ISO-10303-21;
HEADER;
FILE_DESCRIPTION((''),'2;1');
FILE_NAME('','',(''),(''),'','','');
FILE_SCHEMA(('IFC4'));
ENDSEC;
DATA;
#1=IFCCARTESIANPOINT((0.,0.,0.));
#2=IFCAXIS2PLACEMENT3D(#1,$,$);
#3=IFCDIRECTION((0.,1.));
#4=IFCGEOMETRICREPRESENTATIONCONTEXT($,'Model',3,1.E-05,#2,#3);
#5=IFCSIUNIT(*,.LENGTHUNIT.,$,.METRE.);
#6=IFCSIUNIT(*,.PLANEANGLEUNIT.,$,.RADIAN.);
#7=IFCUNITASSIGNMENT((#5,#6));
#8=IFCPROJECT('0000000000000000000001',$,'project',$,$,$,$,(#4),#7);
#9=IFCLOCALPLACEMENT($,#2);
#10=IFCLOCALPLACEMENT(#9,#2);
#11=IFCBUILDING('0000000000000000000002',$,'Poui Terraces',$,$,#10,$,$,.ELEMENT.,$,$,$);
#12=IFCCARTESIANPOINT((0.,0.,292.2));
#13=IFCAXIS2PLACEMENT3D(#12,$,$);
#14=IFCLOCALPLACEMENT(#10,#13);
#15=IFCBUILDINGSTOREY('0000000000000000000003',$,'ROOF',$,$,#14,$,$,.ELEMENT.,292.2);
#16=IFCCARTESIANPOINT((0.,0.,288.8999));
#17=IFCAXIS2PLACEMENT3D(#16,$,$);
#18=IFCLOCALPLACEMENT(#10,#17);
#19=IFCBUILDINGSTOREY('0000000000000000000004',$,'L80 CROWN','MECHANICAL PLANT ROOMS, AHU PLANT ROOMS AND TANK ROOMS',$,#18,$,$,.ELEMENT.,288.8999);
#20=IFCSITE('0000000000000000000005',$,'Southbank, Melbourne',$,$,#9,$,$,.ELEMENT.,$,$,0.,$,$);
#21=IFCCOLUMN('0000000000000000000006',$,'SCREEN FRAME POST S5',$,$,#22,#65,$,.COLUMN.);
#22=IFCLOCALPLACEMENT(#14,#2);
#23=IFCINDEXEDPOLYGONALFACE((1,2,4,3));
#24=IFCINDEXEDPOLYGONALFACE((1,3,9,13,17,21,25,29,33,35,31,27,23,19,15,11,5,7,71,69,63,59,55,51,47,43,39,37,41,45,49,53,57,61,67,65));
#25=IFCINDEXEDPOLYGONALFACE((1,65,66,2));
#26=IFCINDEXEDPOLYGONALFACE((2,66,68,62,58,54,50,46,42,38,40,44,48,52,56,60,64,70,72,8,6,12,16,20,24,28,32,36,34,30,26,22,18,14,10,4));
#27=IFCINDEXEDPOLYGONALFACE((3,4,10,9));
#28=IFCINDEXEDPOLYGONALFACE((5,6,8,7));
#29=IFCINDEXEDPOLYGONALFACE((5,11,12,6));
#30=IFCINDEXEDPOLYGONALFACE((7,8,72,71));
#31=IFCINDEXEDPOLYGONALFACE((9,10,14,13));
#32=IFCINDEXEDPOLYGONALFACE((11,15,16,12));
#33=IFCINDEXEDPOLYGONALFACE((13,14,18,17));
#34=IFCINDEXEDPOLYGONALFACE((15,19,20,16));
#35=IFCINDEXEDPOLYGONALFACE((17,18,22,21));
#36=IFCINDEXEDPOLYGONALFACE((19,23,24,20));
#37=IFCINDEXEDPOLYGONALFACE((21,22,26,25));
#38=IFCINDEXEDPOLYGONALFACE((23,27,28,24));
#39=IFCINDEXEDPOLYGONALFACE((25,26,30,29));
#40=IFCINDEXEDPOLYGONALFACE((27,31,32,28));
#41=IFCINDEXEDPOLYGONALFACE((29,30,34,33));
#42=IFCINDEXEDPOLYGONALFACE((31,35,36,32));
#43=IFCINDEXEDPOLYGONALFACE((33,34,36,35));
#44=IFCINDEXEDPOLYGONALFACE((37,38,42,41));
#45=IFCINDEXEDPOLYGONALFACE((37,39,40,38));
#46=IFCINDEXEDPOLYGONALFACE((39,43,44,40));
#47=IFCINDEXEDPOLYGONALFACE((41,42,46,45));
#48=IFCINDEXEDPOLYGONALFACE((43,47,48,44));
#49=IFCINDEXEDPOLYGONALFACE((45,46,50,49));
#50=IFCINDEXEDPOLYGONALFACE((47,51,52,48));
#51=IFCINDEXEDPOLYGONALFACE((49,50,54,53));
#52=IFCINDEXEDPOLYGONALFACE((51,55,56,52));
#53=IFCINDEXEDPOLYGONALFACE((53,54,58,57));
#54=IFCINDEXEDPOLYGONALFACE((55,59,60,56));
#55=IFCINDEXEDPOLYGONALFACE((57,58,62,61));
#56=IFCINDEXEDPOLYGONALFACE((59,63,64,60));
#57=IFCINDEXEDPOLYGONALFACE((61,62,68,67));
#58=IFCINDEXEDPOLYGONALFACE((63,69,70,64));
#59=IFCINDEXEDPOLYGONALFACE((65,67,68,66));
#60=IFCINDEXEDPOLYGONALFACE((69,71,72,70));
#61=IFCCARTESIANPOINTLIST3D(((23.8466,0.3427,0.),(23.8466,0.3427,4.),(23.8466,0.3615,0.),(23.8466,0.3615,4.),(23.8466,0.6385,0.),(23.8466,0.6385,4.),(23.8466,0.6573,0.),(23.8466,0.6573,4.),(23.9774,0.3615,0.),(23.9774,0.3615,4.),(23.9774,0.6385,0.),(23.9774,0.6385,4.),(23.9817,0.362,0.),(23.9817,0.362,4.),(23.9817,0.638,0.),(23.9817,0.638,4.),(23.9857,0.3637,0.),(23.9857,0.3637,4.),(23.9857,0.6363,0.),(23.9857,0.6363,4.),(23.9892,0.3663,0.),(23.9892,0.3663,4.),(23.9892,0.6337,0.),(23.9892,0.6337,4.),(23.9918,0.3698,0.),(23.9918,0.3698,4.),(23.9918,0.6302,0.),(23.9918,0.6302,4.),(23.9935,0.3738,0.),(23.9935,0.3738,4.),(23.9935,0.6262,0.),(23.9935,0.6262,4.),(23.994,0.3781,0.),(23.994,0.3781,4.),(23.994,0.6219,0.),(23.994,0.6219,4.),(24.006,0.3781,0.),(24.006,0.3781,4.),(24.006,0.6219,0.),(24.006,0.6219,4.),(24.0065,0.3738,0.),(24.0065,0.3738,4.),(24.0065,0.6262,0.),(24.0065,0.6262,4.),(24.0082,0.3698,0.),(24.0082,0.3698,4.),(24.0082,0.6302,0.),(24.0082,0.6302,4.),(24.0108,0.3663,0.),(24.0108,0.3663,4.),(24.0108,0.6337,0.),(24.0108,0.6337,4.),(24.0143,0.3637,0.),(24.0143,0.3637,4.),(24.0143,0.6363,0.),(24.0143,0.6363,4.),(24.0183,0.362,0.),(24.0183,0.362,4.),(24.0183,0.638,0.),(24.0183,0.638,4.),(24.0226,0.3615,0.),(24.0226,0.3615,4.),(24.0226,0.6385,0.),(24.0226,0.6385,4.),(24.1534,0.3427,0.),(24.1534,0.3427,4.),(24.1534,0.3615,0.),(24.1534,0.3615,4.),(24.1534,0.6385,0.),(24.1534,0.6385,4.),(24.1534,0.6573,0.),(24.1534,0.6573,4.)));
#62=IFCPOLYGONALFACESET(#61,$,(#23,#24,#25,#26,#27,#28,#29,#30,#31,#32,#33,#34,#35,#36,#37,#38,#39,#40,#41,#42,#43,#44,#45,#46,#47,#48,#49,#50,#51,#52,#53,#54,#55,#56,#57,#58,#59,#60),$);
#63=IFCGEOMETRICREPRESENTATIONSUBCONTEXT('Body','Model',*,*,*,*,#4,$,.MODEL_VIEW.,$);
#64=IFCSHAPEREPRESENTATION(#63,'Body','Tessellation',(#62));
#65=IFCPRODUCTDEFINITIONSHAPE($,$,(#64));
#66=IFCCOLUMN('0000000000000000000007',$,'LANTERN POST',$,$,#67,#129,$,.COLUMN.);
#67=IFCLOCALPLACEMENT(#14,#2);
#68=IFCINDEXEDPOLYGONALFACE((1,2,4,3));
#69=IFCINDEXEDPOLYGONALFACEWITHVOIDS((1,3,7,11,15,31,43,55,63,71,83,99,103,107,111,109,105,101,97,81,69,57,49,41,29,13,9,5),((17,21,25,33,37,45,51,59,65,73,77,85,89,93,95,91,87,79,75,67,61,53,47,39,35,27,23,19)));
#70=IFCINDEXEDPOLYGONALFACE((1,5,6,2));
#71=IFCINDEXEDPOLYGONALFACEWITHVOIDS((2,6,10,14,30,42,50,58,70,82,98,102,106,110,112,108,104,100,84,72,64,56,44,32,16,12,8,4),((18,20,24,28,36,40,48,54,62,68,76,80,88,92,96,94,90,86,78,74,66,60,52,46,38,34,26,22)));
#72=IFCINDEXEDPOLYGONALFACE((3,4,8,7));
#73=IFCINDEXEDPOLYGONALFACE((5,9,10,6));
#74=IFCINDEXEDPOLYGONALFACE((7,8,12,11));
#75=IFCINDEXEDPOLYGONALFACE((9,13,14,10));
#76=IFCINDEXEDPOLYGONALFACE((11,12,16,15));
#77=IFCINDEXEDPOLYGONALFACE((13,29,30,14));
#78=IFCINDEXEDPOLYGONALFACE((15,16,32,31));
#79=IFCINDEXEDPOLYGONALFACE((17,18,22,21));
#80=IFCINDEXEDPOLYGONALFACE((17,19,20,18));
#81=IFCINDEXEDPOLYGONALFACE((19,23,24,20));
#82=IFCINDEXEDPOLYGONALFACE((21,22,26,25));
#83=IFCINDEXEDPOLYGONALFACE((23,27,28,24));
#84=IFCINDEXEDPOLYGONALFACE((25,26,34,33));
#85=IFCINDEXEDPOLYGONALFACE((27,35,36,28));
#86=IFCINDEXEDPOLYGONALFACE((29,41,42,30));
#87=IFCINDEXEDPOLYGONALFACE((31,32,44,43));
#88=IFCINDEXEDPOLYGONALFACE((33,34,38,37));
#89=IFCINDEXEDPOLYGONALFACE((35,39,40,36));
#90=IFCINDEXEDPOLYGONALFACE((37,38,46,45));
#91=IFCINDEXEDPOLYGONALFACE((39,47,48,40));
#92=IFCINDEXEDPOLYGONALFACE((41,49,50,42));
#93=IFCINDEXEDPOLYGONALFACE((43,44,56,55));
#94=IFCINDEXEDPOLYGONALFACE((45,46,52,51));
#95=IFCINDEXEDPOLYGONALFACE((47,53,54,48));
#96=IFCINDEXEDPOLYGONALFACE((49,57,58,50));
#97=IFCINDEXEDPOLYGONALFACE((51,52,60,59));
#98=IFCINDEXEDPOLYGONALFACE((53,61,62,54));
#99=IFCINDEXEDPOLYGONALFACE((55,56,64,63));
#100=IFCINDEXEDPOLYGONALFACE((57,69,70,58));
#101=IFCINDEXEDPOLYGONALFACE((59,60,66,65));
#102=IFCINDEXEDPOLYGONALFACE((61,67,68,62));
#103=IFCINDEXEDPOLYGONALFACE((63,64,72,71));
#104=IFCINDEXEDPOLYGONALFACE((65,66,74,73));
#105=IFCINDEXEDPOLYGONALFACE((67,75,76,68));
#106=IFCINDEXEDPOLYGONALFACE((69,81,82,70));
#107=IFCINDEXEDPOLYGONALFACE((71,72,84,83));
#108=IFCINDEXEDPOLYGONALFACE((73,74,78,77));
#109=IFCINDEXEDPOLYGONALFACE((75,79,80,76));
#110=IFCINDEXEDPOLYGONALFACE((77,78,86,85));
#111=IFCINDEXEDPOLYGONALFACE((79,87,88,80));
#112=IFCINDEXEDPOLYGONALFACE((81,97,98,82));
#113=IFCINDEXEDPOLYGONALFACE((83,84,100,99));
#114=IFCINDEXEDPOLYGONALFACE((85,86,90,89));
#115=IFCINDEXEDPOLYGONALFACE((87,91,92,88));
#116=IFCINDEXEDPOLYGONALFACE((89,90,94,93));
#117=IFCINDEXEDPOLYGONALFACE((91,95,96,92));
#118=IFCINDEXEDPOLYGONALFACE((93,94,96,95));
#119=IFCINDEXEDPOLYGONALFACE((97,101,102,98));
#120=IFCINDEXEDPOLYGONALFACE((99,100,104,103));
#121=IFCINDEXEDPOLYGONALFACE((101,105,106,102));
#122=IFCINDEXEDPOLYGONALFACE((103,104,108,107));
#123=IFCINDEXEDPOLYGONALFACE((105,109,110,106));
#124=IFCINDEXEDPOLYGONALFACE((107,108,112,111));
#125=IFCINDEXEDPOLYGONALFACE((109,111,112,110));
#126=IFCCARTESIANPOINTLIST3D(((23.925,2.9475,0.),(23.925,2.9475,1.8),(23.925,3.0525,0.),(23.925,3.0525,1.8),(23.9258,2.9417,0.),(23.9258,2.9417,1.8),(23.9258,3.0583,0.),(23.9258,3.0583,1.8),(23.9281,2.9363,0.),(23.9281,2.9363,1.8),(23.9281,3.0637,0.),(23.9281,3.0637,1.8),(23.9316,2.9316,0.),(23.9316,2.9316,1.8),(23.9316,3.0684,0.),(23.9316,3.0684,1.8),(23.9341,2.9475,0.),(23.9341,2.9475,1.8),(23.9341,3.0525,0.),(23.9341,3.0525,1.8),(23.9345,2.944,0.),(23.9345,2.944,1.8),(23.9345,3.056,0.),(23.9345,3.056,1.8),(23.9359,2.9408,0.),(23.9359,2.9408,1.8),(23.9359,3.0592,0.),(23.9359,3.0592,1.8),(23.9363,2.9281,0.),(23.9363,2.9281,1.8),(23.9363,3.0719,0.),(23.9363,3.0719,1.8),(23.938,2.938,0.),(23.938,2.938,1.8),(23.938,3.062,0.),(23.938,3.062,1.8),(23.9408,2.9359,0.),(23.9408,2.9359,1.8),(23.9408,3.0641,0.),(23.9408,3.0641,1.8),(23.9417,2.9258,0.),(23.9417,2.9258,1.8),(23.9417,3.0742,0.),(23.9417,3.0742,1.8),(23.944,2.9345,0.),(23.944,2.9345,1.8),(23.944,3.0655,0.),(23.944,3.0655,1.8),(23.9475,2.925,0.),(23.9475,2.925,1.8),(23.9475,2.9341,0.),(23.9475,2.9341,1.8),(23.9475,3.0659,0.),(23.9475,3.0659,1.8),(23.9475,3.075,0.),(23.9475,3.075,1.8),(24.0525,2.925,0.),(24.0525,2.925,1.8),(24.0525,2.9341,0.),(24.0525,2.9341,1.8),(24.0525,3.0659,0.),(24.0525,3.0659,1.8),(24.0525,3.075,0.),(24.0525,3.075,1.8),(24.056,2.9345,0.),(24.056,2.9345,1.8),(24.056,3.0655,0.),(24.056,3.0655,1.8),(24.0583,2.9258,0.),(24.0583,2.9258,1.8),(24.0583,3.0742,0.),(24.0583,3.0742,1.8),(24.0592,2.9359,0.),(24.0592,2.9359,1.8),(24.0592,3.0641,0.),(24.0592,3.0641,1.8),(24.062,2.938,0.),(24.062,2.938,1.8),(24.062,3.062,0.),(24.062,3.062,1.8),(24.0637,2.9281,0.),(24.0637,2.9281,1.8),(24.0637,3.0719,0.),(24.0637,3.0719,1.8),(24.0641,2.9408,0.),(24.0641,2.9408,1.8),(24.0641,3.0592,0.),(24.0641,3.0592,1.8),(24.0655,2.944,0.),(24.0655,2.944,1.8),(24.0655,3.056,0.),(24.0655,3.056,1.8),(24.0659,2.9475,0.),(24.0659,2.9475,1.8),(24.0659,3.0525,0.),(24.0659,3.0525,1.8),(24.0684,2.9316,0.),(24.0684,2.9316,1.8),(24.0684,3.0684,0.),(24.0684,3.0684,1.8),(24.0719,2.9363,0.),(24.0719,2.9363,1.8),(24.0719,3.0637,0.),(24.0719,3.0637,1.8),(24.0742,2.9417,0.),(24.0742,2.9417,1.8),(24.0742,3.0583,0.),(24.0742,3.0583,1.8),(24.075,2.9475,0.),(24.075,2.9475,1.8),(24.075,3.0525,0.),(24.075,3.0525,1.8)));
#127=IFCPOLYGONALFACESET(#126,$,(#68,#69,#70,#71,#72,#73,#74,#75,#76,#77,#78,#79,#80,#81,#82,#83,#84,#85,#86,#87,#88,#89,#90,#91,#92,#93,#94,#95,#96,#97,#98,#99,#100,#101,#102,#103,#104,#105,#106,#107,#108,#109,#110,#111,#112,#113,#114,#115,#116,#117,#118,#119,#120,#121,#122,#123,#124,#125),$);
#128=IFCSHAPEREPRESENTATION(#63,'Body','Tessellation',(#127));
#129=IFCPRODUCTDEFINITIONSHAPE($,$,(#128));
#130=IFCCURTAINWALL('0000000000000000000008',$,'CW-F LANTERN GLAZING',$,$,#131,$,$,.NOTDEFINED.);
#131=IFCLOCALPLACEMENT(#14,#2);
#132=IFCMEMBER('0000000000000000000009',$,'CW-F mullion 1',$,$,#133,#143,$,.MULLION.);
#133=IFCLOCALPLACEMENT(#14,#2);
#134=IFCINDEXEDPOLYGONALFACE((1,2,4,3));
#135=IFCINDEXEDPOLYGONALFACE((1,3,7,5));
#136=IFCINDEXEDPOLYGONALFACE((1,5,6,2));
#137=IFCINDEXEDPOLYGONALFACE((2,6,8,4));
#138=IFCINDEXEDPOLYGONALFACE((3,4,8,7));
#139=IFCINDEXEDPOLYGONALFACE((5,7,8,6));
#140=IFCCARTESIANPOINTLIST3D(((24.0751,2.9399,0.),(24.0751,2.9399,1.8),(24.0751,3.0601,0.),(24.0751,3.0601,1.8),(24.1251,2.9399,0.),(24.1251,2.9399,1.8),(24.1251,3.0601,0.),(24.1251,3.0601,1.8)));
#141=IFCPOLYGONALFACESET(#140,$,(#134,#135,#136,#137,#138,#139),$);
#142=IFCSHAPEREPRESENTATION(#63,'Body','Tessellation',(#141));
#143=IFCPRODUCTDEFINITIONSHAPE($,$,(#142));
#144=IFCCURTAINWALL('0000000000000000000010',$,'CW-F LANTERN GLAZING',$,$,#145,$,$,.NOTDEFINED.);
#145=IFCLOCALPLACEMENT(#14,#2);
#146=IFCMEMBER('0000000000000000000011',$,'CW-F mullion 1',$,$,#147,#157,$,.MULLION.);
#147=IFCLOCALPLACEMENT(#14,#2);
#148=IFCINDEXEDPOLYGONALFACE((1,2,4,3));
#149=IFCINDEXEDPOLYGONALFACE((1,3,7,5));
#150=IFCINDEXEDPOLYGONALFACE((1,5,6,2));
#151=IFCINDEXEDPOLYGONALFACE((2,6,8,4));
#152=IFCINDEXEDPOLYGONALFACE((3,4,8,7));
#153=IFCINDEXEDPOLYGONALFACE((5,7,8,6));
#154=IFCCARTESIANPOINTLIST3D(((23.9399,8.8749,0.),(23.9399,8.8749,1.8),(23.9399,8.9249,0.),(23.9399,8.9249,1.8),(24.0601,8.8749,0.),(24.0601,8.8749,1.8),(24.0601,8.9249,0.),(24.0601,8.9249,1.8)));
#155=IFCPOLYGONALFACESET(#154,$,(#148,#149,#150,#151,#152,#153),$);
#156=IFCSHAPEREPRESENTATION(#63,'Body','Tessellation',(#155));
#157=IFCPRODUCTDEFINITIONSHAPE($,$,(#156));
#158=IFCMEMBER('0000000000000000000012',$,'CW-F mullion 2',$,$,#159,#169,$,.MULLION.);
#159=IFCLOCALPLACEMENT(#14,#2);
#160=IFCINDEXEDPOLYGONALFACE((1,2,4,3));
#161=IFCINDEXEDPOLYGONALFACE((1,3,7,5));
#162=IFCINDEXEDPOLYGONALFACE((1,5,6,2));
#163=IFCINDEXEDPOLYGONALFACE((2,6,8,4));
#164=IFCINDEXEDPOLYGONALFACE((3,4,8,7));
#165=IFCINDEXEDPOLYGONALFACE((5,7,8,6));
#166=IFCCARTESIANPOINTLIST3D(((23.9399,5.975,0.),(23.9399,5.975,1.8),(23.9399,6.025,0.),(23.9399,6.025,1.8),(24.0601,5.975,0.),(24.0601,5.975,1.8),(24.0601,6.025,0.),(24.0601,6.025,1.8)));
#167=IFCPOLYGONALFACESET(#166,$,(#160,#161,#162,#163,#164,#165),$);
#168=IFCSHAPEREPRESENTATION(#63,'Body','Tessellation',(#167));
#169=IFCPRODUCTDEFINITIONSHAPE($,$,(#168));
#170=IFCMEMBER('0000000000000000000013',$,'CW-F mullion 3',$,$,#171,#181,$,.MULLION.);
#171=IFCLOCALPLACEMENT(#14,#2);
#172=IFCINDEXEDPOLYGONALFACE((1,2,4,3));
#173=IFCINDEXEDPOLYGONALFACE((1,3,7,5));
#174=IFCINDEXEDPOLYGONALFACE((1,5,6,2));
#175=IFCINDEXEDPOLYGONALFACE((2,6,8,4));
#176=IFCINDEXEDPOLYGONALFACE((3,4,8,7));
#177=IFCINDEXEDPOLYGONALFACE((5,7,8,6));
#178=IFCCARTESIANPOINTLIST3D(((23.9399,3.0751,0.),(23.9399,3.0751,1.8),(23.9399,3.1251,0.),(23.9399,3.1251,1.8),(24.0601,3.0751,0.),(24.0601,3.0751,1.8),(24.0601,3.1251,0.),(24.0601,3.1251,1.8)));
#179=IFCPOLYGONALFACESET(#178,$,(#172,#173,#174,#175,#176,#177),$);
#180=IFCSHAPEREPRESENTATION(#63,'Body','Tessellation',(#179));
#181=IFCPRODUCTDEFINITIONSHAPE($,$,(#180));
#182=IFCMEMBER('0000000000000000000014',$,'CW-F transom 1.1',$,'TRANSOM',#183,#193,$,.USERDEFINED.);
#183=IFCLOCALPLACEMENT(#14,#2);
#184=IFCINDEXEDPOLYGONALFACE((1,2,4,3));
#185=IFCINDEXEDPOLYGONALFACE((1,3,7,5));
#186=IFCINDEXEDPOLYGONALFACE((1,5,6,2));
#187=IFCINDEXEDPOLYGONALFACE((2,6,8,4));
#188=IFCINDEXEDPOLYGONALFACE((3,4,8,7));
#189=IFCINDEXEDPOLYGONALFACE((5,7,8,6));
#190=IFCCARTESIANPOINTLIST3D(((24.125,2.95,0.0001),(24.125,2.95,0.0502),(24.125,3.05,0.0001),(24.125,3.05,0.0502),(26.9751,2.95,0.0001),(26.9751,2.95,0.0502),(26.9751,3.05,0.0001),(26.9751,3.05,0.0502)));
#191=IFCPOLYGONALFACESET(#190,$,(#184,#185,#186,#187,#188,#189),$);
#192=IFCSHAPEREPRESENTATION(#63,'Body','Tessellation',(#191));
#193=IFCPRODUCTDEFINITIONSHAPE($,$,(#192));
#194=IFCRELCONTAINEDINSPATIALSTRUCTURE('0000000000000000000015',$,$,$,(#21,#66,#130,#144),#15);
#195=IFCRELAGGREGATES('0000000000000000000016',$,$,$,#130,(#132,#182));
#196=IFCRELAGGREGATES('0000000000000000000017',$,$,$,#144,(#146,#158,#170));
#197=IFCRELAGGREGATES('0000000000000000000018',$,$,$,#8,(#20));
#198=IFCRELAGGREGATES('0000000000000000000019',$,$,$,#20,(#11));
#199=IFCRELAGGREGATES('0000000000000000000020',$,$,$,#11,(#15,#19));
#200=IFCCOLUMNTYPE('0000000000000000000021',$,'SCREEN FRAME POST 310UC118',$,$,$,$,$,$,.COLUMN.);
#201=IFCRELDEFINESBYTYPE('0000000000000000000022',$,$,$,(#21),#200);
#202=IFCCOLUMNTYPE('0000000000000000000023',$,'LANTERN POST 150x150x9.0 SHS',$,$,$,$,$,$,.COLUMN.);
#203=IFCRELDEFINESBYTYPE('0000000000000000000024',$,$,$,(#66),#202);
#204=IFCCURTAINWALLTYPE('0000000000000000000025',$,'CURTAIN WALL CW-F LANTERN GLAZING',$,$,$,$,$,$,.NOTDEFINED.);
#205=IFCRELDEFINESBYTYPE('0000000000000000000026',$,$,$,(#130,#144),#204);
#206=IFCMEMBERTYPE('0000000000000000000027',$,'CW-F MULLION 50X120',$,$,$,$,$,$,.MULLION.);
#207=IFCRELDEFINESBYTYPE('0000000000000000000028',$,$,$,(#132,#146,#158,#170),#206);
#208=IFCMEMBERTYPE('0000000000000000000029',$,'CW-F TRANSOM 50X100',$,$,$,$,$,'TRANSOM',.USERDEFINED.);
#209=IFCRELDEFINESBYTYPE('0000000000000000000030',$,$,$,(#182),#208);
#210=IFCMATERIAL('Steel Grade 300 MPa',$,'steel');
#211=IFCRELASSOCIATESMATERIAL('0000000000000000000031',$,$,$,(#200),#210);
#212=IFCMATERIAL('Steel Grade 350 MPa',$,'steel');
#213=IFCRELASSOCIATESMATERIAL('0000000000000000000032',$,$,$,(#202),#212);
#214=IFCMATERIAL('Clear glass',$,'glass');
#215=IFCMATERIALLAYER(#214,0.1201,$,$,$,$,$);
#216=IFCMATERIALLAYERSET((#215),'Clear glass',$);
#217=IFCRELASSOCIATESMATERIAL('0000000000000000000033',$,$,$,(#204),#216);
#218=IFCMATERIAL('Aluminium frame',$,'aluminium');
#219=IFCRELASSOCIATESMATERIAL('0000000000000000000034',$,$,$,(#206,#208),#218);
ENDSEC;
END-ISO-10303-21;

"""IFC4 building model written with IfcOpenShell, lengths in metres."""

from ifc_helpers import new_model, si_unit, direction, frame, origin, origin_2d, place, context, subcontext, project, spatial, rectangle, hollow_rectangle, i_section, extrude, source, transform, mapped, material, layer, layer_set, material_profile, profile_set, type_object, element, aggregate, save


model = new_model("IFC4")

# Units and contexts
model_context = context("Model", 3, precision=1e-05, world=origin(), true_north=direction((0.0, 1.0)))
body_context = subcontext(model_context, "Body", "Model", "MODEL_VIEW")
ifc_project = project(units=[si_unit("LENGTHUNIT", "METRE"), si_unit("PLANEANGLEUNIT", "RADIAN")], contexts=[model_context])

# Site, building, storey
site_placement = place(None, origin())
site = spatial("IfcSite", under=ifc_project, at=site_placement, Name="Southbank, Melbourne", CompositionType="ELEMENT", RefElevation=0.0)
building_placement = place(site_placement, origin())
building = spatial("IfcBuilding", under=site, at=building_placement, Name="Poui Terraces", CompositionType="ELEMENT")
storey_1_placement = place(building_placement, frame((0.0, 0.0, 292.2)))
storey_1 = spatial("IfcBuildingStorey", under=building, at=storey_1_placement, Name="ROOF", CompositionType="ELEMENT", Elevation=292.2)

# Columns
ifc_material_1 = material(Name="Steel Grade 300 MPa", Category="steel")
ifc_material_profile_1 = material_profile(ifc_material_1, i_section(OverallWidth=0.3069, OverallDepth=0.3147, WebThickness=0.012, FlangeThickness=0.0188, FilletRadius=0.0166, at=origin_2d()), Name="310UC118")
ifc_profile_set_1 = profile_set([ifc_material_profile_1], Name="Steel Grade 300 MPa")
column_type_1 = type_object("IfcColumnType", Name="SCREEN FRAME POST 310UC118", PredefinedType="COLUMN", material=ifc_profile_set_1)
shared_shape_1 = source(origin(), body_context, "Body", "SweptSolid", [
    extrude(i_section(OverallWidth=0.3069, OverallDepth=0.3147, WebThickness=0.012, FlangeThickness=0.0188, FilletRadius=0.0166, at=origin_2d()), origin(), (0.0, 0.0, 1.0), 4.0),
])
column_1_placement = place(storey_1_placement, frame((24.0, 0.5, 0.0), z_axis=(0.0, 0.0, 1.0), x_axis=(1.0, 0.0, 0.0)))
element("IfcColumn", 1, at=column_1_placement, inside=storey_1, type_object=column_type_1, Name="SCREEN FRAME POST S5", PredefinedType="COLUMN", context=body_context, shape_type="MappedRepresentation", body=[
    mapped(shared_shape_1, transform((0.0, 0.0, 0.0))),
])
ifc_material_2 = material(Name="Steel Grade 350 MPa", Category="steel")
ifc_material_profile_2 = material_profile(ifc_material_2, hollow_rectangle(XDim=0.1499, YDim=0.1499, WallThickness=0.009, InnerFilletRadius=0.0134, OuterFilletRadius=0.0225, at=origin_2d()), Name="150x150x9.0 SHS")
ifc_profile_set_2 = profile_set([ifc_material_profile_2], Name="Steel Grade 350 MPa")
column_type_2 = type_object("IfcColumnType", Name="LANTERN POST 150x150x9.0 SHS", PredefinedType="COLUMN", material=ifc_profile_set_2)
shared_shape_2 = source(origin(), body_context, "Body", "SweptSolid", [
    extrude(hollow_rectangle(XDim=0.1499, YDim=0.1499, WallThickness=0.009, InnerFilletRadius=0.0134, OuterFilletRadius=0.0225, at=origin_2d()), origin(), (0.0, 0.0, 1.0), 1.8),
])
column_2_placement = place(storey_1_placement, frame((24.0, 3.0, 0.0), z_axis=(0.0, 0.0, 1.0), x_axis=(1.0, 0.0, 0.0)))
element("IfcColumn", 2, at=column_2_placement, inside=storey_1, type_object=column_type_2, Name="LANTERN POST", PredefinedType="COLUMN", context=body_context, shape_type="MappedRepresentation", body=[
    mapped(shared_shape_2, transform((0.0, 0.0, 0.0))),
])

# Curtain wall, member
ifc_material_3 = material(Name="Clear glass", Category="glass")
ifc_layer_1 = layer(ifc_material_3, 0.1201)
ifc_layer_set_1 = layer_set([ifc_layer_1], Name="Clear glass")
curtain_wall_type = type_object("IfcCurtainWallType", Name="CURTAIN WALL CW-F LANTERN GLAZING", PredefinedType="NOTDEFINED", material=ifc_layer_set_1)
curtain_wall_1_placement = place(storey_1_placement, origin())
curtain_wall_1 = element("IfcCurtainWall", 3, at=curtain_wall_1_placement, inside=storey_1, type_object=curtain_wall_type, Name="CW-F LANTERN GLAZING", PredefinedType="NOTDEFINED")
ifc_material_4 = material(Name="Aluminium frame", Category="aluminium")
ifc_material_profile_3 = material_profile(ifc_material_4, rectangle(XDim=0.1201, YDim=0.05, at=origin_2d()), Name="CW-F MULLION 50X120")
ifc_profile_set_3 = profile_set([ifc_material_profile_3], Name="Aluminium frame")
member_type_1 = type_object("IfcMemberType", Name="CW-F MULLION 50X120", PredefinedType="MULLION", material=ifc_profile_set_3)
member_1_placement = place(storey_1_placement, frame((24.1001, 3.0, 0.0), z_axis=(0.0, 0.0, 1.0), x_axis=(0.0, 1.0, 0.0)))
member_1 = element("IfcMember", 4, at=member_1_placement, type_object=member_type_1, Name="CW-F mullion 1", PredefinedType="MULLION", context=body_context, shape_type="SweptSolid", body=[
    extrude(rectangle(XDim=0.1201, YDim=0.05, at=origin_2d()), origin(), (0.0, 0.0, 1.0), 1.8),
])

# Curtain wall, members
curtain_wall_2_placement = place(storey_1_placement, origin())
curtain_wall_2 = element("IfcCurtainWall", 5, at=curtain_wall_2_placement, inside=storey_1, type_object=curtain_wall_type, Name="CW-F LANTERN GLAZING", PredefinedType="NOTDEFINED")
member_2_placement = place(storey_1_placement, frame((24.0, 8.8999, 0.0), z_axis=(0.0, 0.0, 1.0), x_axis=(1.0, 0.0, 0.0)))
member_2 = element("IfcMember", 6, at=member_2_placement, type_object=member_type_1, Name="CW-F mullion 1", PredefinedType="MULLION", context=body_context, shape_type="SweptSolid", body=[
    extrude(rectangle(XDim=0.1201, YDim=0.05, at=origin_2d()), origin(), (0.0, 0.0, 1.0), 1.8),
])
member_3_placement = place(storey_1_placement, frame((24.0, 6.0, 0.0), z_axis=(0.0, 0.0, 1.0), x_axis=(1.0, 0.0, 0.0)))
member_3 = element("IfcMember", 7, at=member_3_placement, type_object=member_type_1, Name="CW-F mullion 2", PredefinedType="MULLION", context=body_context, shape_type="SweptSolid", body=[
    extrude(rectangle(XDim=0.1201, YDim=0.05, at=origin_2d()), origin(), (0.0, 0.0, 1.0), 1.8),
])
member_4_placement = place(storey_1_placement, frame((24.0, 3.1001, 0.0), z_axis=(0.0, 0.0, 1.0), x_axis=(1.0, 0.0, 0.0)))
member_4 = element("IfcMember", 8, at=member_4_placement, type_object=member_type_1, Name="CW-F mullion 3", PredefinedType="MULLION", context=body_context, shape_type="SweptSolid", body=[
    extrude(rectangle(XDim=0.1201, YDim=0.05, at=origin_2d()), origin(), (0.0, 0.0, 1.0), 1.8),
])

# Member
ifc_material_profile_4 = material_profile(ifc_material_4, rectangle(XDim=0.1001, YDim=0.05, at=origin_2d()), Name="CW-F TRANSOM 50X100")
ifc_profile_set_4 = profile_set([ifc_material_profile_4], Name="Aluminium frame")
member_type_2 = type_object("IfcMemberType", Name="CW-F TRANSOM 50X100", ElementType="TRANSOM", PredefinedType="USERDEFINED", material=ifc_profile_set_4)
member_5_placement = place(storey_1_placement, frame((24.125, 3.0, 0.0251), z_axis=(1.0, 0.0, 0.0), x_axis=(0.0, 1.0, 0.0)))
member_5 = element("IfcMember", 9, at=member_5_placement, type_object=member_type_2, Name="CW-F transom 1.1", ObjectType="TRANSOM", PredefinedType="USERDEFINED", context=body_context, shape_type="SweptSolid", body=[
    extrude(rectangle(XDim=0.1001, YDim=0.05, at=origin_2d()), origin(), (0.0, 0.0, 1.0), 2.8501),
])

aggregate(curtain_wall_1, [member_1, member_5])
aggregate(curtain_wall_2, [member_2, member_3, member_4])

# Shared definitions
storey_2_placement = place(building_placement, frame((0.0, 0.0, 288.8999)))
storey_2 = spatial("IfcBuildingStorey", under=building, at=storey_2_placement, Name="L80 CROWN", Description="MECHANICAL PLANT ROOMS, AHU PLANT ROOMS AND TANK ROOMS", CompositionType="ELEMENT", Elevation=288.8999)

save(model, "model.ifc")
